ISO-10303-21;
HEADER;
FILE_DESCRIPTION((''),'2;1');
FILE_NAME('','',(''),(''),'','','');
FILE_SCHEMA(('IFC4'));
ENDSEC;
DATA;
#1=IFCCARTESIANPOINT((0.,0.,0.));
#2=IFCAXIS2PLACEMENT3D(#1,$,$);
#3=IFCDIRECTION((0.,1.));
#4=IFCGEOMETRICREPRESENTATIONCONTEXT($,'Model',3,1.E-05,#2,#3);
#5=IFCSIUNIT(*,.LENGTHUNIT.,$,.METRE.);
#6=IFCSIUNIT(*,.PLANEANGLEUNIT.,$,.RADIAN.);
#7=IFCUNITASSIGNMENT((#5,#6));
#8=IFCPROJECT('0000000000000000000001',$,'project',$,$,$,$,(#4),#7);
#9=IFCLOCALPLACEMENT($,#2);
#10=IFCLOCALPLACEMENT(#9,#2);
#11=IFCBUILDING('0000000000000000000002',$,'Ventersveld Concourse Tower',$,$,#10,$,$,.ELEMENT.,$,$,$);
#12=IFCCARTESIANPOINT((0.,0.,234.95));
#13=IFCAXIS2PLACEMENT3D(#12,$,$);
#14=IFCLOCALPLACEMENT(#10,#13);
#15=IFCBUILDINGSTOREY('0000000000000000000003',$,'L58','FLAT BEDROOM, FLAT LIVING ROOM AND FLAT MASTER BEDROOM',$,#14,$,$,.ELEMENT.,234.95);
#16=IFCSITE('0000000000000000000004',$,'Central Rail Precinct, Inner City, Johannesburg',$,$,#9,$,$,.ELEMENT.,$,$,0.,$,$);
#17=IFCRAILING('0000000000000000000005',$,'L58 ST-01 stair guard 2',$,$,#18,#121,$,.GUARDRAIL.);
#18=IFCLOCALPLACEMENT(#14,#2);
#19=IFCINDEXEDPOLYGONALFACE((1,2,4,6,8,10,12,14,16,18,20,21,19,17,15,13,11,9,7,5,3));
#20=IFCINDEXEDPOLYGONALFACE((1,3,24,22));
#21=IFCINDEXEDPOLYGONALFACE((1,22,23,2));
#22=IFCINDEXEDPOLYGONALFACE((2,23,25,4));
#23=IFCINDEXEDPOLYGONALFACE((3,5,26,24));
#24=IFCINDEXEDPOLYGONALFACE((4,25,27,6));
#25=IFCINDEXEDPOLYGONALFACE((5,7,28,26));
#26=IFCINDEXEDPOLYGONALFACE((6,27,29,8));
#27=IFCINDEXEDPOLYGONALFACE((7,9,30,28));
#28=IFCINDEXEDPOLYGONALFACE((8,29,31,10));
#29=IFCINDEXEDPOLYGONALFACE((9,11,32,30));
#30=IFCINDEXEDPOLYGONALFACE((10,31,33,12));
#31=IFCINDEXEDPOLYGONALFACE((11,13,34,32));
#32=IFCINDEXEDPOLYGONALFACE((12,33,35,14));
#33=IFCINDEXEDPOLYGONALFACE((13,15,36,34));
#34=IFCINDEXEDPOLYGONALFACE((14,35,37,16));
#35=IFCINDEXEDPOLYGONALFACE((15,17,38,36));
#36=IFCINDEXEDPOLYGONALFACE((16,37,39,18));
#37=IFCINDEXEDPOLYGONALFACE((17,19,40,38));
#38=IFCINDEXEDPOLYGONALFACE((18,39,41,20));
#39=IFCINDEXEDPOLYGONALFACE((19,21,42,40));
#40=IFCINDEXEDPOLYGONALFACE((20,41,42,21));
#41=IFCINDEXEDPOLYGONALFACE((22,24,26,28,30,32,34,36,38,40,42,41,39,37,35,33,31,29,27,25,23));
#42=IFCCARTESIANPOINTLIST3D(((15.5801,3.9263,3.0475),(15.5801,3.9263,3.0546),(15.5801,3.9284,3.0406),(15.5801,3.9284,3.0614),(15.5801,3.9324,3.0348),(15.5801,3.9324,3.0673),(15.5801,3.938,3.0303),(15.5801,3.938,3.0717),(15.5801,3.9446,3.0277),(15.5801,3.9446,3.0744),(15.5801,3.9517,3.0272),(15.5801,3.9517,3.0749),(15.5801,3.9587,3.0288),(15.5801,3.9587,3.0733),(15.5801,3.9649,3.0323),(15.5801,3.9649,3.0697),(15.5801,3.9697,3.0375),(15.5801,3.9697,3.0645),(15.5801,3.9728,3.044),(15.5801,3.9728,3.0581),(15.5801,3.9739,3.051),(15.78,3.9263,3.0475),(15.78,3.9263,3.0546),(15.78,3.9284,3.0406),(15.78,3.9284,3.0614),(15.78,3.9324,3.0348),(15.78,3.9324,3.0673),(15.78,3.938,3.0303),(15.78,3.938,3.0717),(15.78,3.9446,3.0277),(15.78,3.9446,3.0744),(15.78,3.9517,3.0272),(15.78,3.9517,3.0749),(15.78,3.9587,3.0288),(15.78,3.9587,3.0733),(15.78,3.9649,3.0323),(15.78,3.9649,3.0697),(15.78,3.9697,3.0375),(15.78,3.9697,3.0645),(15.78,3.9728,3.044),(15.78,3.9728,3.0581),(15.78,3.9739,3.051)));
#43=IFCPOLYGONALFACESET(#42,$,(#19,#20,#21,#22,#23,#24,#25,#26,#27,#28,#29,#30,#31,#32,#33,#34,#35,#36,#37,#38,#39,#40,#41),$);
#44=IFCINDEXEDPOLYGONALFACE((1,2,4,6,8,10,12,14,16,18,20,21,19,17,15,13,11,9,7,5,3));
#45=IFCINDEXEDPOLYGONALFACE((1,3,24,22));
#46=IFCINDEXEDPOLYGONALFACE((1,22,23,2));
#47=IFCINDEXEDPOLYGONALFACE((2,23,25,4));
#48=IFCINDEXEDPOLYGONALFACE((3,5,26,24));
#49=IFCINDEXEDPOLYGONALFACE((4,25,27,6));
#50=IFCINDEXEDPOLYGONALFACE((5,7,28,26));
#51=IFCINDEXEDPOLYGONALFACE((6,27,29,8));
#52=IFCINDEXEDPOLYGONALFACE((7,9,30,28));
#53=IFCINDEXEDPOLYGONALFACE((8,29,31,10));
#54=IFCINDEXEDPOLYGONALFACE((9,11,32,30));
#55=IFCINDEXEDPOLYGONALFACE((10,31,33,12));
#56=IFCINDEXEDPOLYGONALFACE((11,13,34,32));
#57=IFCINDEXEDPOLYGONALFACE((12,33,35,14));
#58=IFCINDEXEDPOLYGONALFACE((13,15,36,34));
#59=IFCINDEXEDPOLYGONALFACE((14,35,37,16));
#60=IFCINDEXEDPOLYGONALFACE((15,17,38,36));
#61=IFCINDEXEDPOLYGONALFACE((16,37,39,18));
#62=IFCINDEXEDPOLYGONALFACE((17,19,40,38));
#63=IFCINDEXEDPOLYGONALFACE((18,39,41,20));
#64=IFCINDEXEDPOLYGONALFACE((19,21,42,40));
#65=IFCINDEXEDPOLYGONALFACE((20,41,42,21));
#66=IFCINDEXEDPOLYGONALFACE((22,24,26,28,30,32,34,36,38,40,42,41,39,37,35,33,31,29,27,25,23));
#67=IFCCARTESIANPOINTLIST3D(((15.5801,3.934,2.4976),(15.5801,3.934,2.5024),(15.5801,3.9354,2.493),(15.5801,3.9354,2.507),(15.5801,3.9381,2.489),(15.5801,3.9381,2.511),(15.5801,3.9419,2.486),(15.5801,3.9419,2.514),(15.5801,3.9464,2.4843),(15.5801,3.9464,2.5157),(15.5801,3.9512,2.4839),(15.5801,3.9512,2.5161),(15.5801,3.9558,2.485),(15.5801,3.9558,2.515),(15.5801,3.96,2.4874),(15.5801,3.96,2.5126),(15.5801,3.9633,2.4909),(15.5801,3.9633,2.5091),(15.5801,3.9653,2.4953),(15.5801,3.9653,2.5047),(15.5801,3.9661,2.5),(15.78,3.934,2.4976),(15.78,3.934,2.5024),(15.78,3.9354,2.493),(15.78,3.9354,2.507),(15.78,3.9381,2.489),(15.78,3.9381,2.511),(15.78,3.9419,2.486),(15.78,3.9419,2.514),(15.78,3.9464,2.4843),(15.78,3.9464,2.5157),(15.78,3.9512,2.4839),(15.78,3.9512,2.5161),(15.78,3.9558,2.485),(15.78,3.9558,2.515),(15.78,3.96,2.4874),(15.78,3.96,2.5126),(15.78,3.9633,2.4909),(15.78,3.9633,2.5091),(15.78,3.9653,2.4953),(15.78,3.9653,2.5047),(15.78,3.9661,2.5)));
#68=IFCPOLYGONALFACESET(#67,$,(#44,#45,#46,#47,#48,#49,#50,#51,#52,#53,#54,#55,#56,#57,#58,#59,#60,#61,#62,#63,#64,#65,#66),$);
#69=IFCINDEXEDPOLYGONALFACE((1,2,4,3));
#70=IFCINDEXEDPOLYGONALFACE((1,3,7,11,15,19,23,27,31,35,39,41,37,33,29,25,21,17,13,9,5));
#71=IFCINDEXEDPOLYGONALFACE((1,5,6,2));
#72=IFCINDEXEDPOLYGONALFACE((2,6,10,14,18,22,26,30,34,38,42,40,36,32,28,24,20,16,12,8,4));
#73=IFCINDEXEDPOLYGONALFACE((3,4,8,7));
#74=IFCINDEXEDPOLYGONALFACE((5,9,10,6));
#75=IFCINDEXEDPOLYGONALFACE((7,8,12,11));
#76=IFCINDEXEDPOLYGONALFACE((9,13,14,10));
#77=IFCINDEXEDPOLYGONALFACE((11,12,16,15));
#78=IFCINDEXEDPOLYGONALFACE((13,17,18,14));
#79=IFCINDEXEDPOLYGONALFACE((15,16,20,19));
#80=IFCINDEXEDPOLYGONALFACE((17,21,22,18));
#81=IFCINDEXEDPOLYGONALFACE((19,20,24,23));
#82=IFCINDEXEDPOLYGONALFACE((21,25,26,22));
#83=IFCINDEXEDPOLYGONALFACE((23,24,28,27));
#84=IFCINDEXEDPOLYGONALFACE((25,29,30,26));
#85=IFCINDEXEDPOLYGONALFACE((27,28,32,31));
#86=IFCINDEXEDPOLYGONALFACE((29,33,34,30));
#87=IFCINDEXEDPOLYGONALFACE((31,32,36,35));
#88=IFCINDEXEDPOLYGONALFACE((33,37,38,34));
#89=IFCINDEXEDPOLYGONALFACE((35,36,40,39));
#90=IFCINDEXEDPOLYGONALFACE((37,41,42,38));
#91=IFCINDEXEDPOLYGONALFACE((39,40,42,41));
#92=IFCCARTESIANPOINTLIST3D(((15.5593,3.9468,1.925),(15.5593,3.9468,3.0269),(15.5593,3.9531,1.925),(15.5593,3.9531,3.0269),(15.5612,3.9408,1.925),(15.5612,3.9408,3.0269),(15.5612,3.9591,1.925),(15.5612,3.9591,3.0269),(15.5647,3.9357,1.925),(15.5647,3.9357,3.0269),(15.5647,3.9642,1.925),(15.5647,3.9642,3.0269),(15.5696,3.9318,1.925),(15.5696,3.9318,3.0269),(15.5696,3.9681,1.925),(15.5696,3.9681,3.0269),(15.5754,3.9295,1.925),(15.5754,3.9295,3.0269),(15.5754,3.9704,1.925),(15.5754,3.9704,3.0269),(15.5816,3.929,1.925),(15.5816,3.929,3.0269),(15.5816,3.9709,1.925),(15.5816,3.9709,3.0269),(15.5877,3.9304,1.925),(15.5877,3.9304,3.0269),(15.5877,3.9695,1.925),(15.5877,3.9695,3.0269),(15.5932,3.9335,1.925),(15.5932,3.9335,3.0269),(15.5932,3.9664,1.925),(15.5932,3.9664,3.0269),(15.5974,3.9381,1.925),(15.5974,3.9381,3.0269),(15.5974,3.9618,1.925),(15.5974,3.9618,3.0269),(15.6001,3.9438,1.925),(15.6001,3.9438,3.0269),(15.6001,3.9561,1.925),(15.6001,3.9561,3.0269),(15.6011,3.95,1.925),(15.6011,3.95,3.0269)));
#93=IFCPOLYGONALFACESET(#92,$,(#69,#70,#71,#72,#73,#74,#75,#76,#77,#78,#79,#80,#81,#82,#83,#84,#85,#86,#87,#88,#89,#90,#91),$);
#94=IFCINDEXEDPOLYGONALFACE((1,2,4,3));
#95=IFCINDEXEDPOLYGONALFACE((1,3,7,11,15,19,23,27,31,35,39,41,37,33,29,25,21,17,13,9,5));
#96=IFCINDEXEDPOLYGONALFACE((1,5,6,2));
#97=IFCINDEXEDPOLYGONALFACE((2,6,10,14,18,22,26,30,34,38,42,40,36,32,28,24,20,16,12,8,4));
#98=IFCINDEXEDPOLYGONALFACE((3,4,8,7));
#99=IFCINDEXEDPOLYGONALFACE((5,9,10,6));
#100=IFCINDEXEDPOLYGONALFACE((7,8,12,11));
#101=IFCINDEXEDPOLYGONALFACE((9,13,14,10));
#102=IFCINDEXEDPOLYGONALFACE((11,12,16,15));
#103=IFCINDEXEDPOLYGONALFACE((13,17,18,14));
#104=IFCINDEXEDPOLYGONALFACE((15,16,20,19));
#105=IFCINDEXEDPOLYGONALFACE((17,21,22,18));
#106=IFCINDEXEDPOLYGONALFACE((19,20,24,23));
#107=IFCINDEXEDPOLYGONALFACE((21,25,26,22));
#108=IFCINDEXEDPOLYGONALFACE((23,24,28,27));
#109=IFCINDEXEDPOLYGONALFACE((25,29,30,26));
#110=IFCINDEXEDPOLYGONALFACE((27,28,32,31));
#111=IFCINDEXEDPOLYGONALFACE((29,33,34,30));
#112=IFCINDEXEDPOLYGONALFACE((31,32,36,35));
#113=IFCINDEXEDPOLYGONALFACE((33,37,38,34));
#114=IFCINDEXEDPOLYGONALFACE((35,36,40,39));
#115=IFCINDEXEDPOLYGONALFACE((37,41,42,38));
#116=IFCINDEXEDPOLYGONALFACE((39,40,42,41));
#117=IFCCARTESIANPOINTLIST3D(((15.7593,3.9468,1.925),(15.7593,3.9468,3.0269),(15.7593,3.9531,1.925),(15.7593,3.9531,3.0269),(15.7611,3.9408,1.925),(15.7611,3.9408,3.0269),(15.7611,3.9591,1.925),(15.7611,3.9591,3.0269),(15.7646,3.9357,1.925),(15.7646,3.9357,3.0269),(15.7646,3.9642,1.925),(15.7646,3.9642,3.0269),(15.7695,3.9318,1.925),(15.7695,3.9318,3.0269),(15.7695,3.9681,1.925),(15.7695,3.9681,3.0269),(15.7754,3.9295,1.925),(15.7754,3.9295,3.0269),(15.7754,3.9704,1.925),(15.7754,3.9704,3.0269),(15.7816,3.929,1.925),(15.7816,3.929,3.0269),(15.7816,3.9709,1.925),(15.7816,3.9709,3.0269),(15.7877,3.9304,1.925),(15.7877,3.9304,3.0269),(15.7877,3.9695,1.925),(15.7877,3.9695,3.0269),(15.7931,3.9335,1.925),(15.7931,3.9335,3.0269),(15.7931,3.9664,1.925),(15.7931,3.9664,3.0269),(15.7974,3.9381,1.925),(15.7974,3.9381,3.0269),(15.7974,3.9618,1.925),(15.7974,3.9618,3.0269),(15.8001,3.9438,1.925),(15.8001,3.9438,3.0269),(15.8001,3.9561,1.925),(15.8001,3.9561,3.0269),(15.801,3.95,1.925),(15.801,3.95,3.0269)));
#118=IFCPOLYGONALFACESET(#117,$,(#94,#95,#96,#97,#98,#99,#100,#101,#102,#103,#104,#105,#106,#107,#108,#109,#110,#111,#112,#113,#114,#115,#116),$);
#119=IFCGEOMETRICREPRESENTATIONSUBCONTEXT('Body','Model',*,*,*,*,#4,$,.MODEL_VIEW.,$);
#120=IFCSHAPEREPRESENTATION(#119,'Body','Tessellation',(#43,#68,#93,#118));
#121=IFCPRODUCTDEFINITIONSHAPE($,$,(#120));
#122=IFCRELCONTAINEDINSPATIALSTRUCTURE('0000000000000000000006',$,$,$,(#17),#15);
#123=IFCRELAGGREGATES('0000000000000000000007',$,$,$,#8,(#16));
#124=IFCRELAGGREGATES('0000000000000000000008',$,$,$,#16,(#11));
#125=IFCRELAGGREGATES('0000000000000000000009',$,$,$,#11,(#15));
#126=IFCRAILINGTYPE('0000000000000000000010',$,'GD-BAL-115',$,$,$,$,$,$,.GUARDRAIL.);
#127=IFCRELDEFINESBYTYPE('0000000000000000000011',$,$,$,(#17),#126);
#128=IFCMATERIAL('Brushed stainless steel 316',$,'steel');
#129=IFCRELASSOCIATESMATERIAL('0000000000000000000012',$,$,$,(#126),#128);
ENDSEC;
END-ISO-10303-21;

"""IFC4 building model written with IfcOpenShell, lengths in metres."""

from ifc_helpers import new_model, si_unit, direction, frame, origin, origin_2d, place, context, subcontext, project, spatial, circle, extrude, material, type_object, element, save


model = new_model("IFC4")

# Units and contexts
model_context = context("Model", 3, precision=1e-05, world=origin(), true_north=direction((0.0, 1.0)))
body_context = subcontext(model_context, "Body", "Model", "MODEL_VIEW")
ifc_project = project(units=[si_unit("LENGTHUNIT", "METRE"), si_unit("PLANEANGLEUNIT", "RADIAN")], contexts=[model_context])

# Site, building, storey
site_placement = place(None, origin())
site = spatial("IfcSite", under=ifc_project, at=site_placement, Name="Central Rail Precinct, Inner City, Johannesburg", CompositionType="ELEMENT", RefElevation=0.0)
building_placement = place(site_placement, origin())
building = spatial("IfcBuilding", under=site, at=building_placement, Name="Ventersveld Concourse Tower", CompositionType="ELEMENT")
storey_placement = place(building_placement, frame((0.0, 0.0, 234.95)))
storey = spatial("IfcBuildingStorey", under=building, at=storey_placement, Name="L58", Description="FLAT BEDROOM, FLAT LIVING ROOM AND FLAT MASTER BEDROOM", CompositionType="ELEMENT", Elevation=234.95)

# Shared definitions
ifc_material_1 = material(Name="Brushed stainless steel 316", Category="steel")

# Railing
railing_type_1 = type_object("IfcRailingType", Name="GD-BAL-115", PredefinedType="GUARDRAIL", material=ifc_material_1)
railing_1_placement = place(storey_placement, frame((15.5801, 3.95, 1.925)))
element("IfcRailing", 1, at=railing_1_placement, inside=storey, type_object=railing_type_1, Name="L58 ST-01 stair guard 2", PredefinedType="GUARDRAIL", context=body_context, shape_type="SweptSolid", body=[
    extrude(circle(Radius=0.0239, at=origin_2d()), frame((0.0, 0.0, 1.126), z_axis=(1.0, 0.0, 0.0), x_axis=(0.0, 1.0, 0.0)), (0.0, 0.0, 1.0), 0.2),
    extrude(circle(Radius=0.0161, at=origin_2d()), frame((0.0, 0.0, 0.575), z_axis=(1.0, 0.0, 0.0), x_axis=(0.0, 1.0, 0.0)), (0.0, 0.0, 1.0), 0.2),
    extrude(circle(Radius=0.021, at=origin_2d()), origin(), (0.0, 0.0, 1.0), 1.1018),
    extrude(circle(Radius=0.021, at=origin_2d()), frame((0.2, 0.0, 0.0)), (0.0, 0.0, 1.0), 1.1018),
])

save(model, "model.ifc")
